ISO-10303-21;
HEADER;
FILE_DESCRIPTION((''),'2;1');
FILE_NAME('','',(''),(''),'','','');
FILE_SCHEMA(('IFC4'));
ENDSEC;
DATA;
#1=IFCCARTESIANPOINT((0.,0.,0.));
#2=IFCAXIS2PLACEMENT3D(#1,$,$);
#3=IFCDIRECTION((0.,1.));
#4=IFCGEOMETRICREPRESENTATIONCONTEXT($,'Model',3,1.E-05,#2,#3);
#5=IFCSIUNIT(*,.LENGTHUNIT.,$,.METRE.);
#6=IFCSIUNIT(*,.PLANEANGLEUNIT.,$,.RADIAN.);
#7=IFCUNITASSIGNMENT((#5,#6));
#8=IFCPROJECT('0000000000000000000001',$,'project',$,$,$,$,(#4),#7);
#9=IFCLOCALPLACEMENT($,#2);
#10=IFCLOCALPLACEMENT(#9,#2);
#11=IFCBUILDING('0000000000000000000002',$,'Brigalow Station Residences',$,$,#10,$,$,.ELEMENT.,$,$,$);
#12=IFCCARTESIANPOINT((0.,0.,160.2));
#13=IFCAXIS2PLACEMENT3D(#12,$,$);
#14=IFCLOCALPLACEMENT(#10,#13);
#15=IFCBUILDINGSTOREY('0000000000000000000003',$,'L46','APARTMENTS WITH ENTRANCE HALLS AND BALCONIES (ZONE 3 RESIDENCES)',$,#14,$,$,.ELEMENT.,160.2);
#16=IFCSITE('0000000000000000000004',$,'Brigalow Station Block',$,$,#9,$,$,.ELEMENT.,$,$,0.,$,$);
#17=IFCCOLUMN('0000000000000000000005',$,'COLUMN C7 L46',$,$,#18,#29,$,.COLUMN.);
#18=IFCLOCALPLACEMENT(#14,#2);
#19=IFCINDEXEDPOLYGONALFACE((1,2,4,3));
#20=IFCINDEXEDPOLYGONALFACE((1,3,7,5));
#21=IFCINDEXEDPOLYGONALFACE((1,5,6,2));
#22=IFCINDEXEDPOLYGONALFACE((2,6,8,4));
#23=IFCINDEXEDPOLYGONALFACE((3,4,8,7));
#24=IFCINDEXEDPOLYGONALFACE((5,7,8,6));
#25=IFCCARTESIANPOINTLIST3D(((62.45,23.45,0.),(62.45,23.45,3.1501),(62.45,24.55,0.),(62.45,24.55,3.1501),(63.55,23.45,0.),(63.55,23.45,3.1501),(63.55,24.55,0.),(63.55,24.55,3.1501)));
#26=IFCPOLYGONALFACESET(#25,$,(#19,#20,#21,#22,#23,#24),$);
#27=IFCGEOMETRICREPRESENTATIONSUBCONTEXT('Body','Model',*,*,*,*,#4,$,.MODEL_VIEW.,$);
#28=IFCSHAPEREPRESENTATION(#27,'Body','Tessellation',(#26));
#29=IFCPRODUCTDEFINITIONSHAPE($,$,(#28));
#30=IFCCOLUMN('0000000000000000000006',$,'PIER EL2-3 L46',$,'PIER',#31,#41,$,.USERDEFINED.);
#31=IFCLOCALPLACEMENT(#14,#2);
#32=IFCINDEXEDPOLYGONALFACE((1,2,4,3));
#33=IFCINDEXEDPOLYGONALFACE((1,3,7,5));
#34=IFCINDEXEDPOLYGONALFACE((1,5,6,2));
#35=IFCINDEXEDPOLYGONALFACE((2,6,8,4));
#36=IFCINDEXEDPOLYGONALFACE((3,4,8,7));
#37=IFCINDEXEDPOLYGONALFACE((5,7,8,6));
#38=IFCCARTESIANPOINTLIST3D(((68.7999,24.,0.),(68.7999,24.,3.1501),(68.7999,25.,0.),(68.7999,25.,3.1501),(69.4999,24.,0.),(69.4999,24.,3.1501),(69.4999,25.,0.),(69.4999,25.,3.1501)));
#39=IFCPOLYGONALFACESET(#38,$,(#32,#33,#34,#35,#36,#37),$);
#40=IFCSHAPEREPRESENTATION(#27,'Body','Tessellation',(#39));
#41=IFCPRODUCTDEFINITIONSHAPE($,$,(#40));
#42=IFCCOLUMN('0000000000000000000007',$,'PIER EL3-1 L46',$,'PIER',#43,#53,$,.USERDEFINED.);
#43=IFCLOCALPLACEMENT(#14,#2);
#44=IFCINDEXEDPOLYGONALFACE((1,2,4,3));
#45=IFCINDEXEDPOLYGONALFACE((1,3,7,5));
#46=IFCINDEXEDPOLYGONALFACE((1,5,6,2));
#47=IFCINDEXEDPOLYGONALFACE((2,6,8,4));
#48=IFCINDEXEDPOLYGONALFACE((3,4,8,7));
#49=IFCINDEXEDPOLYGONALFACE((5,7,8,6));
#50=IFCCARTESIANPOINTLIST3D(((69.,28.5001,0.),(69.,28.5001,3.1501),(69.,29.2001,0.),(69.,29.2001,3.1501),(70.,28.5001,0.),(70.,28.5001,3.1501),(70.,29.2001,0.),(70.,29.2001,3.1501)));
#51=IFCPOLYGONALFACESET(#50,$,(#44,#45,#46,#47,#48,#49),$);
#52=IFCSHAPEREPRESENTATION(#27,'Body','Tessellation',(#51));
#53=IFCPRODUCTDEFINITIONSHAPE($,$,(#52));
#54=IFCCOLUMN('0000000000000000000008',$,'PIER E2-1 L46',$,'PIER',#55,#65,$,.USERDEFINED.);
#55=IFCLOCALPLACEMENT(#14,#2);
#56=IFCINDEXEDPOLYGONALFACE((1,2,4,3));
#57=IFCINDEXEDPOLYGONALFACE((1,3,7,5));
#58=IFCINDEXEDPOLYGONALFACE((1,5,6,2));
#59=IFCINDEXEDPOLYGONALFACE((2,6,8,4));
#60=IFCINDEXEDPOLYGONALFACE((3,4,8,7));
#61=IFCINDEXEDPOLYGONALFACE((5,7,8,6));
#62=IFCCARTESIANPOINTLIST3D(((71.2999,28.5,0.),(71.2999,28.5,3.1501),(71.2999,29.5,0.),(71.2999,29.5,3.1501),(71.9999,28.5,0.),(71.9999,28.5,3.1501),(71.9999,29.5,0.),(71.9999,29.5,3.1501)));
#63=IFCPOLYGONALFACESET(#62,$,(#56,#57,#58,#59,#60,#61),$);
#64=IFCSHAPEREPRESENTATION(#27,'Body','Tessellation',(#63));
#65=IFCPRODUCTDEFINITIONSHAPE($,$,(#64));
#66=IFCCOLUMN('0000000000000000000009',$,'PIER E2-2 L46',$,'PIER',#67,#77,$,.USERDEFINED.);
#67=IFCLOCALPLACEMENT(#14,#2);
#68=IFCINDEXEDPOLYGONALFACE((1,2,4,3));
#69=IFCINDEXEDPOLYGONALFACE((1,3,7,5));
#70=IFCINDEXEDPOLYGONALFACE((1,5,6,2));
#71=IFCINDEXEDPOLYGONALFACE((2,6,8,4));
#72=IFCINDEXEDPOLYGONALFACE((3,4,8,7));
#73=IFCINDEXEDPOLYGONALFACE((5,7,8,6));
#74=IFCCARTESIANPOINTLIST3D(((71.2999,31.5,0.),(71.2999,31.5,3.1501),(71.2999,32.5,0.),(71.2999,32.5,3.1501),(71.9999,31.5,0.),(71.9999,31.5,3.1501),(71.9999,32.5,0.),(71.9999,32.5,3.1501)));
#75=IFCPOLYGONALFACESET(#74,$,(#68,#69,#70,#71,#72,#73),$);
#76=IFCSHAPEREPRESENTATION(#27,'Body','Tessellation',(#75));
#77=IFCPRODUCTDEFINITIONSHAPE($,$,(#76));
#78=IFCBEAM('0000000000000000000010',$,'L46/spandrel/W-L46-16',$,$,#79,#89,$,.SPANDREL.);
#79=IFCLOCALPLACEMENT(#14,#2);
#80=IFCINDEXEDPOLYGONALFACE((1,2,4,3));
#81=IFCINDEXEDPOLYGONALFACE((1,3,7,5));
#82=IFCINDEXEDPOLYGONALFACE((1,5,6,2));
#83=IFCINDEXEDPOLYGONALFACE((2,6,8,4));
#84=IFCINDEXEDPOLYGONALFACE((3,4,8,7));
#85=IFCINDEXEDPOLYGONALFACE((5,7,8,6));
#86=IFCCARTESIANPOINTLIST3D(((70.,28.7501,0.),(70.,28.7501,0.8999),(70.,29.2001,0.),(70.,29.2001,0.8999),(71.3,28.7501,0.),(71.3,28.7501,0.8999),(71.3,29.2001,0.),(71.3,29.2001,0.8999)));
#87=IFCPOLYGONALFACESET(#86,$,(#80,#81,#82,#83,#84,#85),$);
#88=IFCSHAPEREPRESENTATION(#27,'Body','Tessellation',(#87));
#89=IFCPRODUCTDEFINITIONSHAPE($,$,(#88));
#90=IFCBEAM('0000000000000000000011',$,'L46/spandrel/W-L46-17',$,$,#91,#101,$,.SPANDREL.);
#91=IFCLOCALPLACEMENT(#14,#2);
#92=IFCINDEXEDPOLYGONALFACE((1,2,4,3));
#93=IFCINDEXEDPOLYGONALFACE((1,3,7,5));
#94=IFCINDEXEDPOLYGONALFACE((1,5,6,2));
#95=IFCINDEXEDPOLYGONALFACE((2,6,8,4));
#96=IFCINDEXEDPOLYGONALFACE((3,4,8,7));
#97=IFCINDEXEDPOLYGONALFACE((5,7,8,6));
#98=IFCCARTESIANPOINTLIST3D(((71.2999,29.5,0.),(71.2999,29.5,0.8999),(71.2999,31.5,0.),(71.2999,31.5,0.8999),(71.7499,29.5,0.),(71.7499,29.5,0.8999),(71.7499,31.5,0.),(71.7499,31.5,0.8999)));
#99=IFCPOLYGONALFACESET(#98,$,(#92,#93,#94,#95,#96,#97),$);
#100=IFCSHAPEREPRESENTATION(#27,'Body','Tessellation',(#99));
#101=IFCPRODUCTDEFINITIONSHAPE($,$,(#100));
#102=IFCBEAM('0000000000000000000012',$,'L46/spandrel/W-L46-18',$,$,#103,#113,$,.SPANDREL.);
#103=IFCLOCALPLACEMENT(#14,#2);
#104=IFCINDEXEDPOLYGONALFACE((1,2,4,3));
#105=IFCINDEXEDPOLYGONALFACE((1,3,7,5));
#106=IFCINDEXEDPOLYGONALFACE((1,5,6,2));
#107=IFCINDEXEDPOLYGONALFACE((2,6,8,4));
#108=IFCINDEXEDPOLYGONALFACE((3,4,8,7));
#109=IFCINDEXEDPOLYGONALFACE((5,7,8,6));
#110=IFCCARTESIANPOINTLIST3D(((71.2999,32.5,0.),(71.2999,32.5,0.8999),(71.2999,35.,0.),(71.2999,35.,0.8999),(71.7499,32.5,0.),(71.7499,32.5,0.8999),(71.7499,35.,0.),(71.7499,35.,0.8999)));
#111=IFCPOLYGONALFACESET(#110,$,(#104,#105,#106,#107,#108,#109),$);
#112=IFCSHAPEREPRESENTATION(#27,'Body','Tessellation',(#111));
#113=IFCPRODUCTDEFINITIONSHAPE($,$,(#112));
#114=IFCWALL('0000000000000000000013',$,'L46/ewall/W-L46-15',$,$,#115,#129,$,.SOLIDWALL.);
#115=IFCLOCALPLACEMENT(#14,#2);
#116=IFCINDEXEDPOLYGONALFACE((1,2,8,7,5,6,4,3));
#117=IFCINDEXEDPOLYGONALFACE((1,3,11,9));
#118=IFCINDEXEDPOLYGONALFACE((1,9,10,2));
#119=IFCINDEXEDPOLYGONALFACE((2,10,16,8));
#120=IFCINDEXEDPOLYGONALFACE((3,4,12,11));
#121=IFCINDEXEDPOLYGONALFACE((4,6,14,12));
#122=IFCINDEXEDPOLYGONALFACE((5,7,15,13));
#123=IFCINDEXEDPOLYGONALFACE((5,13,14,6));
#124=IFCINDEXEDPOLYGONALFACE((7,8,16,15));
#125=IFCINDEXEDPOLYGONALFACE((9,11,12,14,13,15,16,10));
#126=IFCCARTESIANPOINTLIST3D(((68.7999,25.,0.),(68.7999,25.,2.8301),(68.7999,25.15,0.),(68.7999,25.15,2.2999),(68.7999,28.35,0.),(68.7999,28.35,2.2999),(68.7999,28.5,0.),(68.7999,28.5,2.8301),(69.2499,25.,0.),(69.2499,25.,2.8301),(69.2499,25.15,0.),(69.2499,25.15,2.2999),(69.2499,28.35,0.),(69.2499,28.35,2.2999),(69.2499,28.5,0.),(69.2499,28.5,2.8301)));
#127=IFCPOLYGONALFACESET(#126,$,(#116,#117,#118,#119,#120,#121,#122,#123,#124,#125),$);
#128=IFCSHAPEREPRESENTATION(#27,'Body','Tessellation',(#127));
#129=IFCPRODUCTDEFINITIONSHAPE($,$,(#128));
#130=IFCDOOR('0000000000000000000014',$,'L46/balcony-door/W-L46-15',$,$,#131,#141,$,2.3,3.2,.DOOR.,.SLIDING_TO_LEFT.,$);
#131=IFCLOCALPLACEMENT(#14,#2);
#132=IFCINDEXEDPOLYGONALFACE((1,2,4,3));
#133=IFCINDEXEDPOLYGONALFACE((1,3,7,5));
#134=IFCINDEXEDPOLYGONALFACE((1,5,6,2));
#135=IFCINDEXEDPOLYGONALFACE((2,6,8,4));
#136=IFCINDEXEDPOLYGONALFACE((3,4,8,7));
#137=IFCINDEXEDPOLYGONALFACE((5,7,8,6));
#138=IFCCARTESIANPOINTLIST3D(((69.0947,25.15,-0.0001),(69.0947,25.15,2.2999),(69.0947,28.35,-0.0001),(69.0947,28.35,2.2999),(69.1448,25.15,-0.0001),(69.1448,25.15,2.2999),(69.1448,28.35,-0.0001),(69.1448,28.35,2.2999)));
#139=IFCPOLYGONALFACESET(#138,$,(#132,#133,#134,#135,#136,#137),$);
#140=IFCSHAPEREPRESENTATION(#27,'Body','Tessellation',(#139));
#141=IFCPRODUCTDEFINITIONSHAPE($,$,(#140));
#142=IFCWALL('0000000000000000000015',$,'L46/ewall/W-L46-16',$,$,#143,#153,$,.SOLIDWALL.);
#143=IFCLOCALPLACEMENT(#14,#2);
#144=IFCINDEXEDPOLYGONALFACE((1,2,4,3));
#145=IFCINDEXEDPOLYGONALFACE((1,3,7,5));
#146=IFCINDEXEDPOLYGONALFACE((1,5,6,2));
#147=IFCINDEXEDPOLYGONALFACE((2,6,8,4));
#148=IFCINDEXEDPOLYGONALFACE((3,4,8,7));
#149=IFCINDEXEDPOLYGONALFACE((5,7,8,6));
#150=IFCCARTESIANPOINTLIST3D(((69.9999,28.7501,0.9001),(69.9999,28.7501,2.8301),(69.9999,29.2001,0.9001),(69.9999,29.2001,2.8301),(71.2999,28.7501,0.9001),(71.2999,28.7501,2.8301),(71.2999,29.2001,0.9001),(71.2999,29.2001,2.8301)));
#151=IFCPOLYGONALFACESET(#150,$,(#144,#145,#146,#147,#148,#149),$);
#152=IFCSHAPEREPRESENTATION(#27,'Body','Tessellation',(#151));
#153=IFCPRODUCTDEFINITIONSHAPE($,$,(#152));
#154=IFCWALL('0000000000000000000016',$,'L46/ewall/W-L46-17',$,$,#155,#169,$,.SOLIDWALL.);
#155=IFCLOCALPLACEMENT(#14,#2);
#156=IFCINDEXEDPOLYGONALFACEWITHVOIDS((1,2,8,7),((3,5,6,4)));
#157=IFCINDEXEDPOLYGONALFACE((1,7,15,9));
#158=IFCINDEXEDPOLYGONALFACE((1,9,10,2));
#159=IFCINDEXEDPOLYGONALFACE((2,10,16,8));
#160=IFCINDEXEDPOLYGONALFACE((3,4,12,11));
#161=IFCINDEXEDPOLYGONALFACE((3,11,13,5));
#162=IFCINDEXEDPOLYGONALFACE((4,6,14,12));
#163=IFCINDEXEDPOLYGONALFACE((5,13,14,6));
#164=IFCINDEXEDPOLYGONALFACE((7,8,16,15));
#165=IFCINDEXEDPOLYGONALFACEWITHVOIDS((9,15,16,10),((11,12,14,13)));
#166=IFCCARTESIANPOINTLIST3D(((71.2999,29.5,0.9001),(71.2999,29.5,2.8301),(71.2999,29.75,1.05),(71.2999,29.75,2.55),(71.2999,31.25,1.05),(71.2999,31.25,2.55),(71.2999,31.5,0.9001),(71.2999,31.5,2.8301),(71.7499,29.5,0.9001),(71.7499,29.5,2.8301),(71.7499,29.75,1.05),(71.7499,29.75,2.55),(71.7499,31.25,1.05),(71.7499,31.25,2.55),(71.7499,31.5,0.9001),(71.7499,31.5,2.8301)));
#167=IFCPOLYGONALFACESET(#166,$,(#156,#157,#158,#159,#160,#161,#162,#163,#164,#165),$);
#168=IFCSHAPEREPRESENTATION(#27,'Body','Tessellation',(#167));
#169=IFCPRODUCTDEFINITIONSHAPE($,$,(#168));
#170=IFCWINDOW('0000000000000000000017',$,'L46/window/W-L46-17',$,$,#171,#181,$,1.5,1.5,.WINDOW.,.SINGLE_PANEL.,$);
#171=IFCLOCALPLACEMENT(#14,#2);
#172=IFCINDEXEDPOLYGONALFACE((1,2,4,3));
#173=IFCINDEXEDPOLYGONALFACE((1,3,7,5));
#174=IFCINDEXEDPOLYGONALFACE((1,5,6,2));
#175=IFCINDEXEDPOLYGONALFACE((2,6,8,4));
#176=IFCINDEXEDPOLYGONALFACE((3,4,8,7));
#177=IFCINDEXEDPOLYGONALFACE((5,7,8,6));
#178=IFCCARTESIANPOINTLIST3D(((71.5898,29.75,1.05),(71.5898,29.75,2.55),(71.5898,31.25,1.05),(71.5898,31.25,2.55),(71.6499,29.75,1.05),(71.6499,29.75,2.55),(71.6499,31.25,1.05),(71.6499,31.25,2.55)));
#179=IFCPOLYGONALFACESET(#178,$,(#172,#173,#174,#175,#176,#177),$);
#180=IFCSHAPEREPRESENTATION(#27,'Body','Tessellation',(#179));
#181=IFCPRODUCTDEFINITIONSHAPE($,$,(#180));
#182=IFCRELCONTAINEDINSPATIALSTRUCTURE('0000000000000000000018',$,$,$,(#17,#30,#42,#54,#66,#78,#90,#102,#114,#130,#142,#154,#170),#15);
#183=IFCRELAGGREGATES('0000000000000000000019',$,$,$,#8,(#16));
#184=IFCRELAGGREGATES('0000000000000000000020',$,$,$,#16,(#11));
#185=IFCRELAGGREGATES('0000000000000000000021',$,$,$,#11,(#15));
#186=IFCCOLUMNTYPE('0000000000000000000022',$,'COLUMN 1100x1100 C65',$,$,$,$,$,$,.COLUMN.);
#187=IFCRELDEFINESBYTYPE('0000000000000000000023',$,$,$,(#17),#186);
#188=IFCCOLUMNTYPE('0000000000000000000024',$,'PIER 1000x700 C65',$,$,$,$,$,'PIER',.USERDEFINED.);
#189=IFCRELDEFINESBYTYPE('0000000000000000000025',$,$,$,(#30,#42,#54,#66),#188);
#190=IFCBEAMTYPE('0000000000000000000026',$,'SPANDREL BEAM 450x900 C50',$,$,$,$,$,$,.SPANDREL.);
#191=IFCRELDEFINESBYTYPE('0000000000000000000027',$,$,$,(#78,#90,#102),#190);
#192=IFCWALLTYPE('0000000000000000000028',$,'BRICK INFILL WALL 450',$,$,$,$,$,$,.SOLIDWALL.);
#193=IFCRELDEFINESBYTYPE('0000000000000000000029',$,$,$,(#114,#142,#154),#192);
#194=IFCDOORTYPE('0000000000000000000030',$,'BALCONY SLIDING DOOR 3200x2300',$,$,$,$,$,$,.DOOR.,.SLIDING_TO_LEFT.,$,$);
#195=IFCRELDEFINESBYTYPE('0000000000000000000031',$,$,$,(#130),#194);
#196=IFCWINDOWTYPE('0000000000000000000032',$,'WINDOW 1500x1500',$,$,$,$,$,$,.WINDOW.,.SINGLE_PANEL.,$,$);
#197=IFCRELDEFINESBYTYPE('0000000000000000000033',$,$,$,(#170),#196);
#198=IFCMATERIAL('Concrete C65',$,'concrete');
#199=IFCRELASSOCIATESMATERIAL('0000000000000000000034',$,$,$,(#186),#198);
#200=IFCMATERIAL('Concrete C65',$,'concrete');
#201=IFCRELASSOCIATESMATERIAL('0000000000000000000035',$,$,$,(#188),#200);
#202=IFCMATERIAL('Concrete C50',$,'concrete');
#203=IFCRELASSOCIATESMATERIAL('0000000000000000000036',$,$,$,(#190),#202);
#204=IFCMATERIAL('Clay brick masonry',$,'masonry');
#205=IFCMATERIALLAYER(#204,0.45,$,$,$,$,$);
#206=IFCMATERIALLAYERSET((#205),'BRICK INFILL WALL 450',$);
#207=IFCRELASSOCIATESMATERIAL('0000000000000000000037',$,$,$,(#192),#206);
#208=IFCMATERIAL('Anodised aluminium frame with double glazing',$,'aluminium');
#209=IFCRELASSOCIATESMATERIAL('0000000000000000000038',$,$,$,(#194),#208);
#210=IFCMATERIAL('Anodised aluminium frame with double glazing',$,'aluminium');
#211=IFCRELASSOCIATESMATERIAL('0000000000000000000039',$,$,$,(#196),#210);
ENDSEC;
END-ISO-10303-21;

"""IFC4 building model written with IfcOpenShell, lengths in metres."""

from ifc_helpers import new_model, si_unit, direction, frame, frame_2d, origin, origin_2d, place, context, subcontext, project, spatial, rectangle, extrude, material, layer, layer_set, material_profile, profile_set, type_object, element, fill, save


model = new_model("IFC4")

# Units and contexts
model_context = context("Model", 3, precision=1e-05, world=origin(), true_north=direction((0.0, 1.0)))
body_context = subcontext(model_context, "Body", "Model", "MODEL_VIEW")
ifc_project = project(units=[si_unit("LENGTHUNIT", "METRE"), si_unit("PLANEANGLEUNIT", "RADIAN")], contexts=[model_context])

# Site, building, storey
site_placement = place(None, origin())
site = spatial("IfcSite", under=ifc_project, at=site_placement, Name="Brigalow Station Block", CompositionType="ELEMENT", RefElevation=0.0)
building_placement = place(site_placement, origin())
building = spatial("IfcBuilding", under=site, at=building_placement, Name="Brigalow Station Residences", CompositionType="ELEMENT")
storey_placement = place(building_placement, frame((0.0, 0.0, 160.2)))
storey = spatial("IfcBuildingStorey", under=building, at=storey_placement, Name="L46", Description="APARTMENTS WITH ENTRANCE HALLS AND BALCONIES (ZONE 3 RESIDENCES)", CompositionType="ELEMENT", Elevation=160.2)

# Columns
ifc_material_1 = material(Name="Concrete C65", Category="concrete")
ifc_material_profile_1 = material_profile(ifc_material_1, rectangle(XDim=1.1001, YDim=1.1001, at=origin_2d()), Name="RC1100x1100")
ifc_profile_set_1 = profile_set([ifc_material_profile_1], Name="Concrete C65")
column_type_1 = type_object("IfcColumnType", Name="COLUMN 1100x1100 C65", PredefinedType="COLUMN", material=ifc_profile_set_1)
column_placement = place(storey_placement, frame((63.0, 24.0, 0.0), z_axis=(0.0, 0.0, 1.0), x_axis=(1.0, 0.0, 0.0)))
element("IfcColumn", 1, at=column_placement, inside=storey, type_object=column_type_1, Name="COLUMN C7 L46", PredefinedType="COLUMN", context=body_context, shape_type="SweptSolid", body=[
    extrude(rectangle(XDim=1.1001, YDim=1.1001, at=origin_2d()), origin(), (0.0, 0.0, 1.0), 3.1501),
])
ifc_material_2 = material(Name="Concrete C65", Category="concrete")
ifc_material_profile_2 = material_profile(ifc_material_2, rectangle(XDim=1.0, YDim=0.7, at=origin_2d()), Name="RC1000x700")
ifc_profile_set_2 = profile_set([ifc_material_profile_2], Name="Concrete C65")
column_type_2 = type_object("IfcColumnType", Name="PIER 1000x700 C65", ElementType="PIER", PredefinedType="USERDEFINED", material=ifc_profile_set_2)
for number, where, z_axis, x_axis, name in (
    (2, (69.1499, 24.5, 0.0), (0.0, 0.0, 1.0), (0.0, 1.0, 0.0), "PIER EL2-3 L46"),
    (3, (69.5, 28.8501, 0.0), (0.0, 0.0, 1.0), (1.0, 0.0, 0.0), "PIER EL3-1 L46"),
    (4, (71.6499, 29.0, 0.0), (0.0, 0.0, 1.0), (0.0, 1.0, 0.0), "PIER E2-1 L46"),
    (5, (71.6499, 32.0, 0.0), (0.0, 0.0, 1.0), (0.0, 1.0, 0.0), "PIER E2-2 L46"),
):
    element("IfcColumn", number, at=place(storey_placement, frame(where, z_axis=z_axis, x_axis=x_axis)), inside=storey, type_object=column_type_2, Name=name, ObjectType="PIER", PredefinedType="USERDEFINED", context=body_context, shape_type="SweptSolid", body=[
        extrude(rectangle(XDim=1.0, YDim=0.7, at=origin_2d()), origin(), (0.0, 0.0, 1.0), 3.1501),
    ])

# Beams
ifc_material_3 = material(Name="Concrete C50", Category="concrete")
ifc_material_profile_3 = material_profile(ifc_material_3, rectangle(XDim=0.45, YDim=0.8999, at=origin_2d()), Name="RC450x900")
ifc_profile_set_3 = profile_set([ifc_material_profile_3], Name="Concrete C50")
beam_type = type_object("IfcBeamType", Name="SPANDREL BEAM 450x900 C50", PredefinedType="SPANDREL", material=ifc_profile_set_3)
beam_1_placement = place(storey_placement, frame((70.0, 28.9751, 0.45), z_axis=(1.0, 0.0, 0.0), x_axis=(0.0, 1.0, 0.0)))
element("IfcBeam", 6, at=beam_1_placement, inside=storey, type_object=beam_type, Name="L46/spandrel/W-L46-16", PredefinedType="SPANDREL", context=body_context, shape_type="SweptSolid", body=[
    extrude(rectangle(XDim=0.45, YDim=0.8999, at=origin_2d()), origin(), (0.0, 0.0, 1.0), 1.3),
])
beam_2_placement = place(storey_placement, frame((71.5249, 29.5, 0.45), z_axis=(0.0, 1.0, 0.0), x_axis=(-1.0, 0.0, 0.0)))
element("IfcBeam", 7, at=beam_2_placement, inside=storey, type_object=beam_type, Name="L46/spandrel/W-L46-17", PredefinedType="SPANDREL", context=body_context, shape_type="SweptSolid", body=[
    extrude(rectangle(XDim=0.45, YDim=0.8999, at=origin_2d()), origin(), (0.0, 0.0, 1.0), 2.0),
])
beam_3_placement = place(storey_placement, frame((71.5249, 32.5, 0.45), z_axis=(0.0, 1.0, 0.0), x_axis=(-1.0, 0.0, 0.0)))
element("IfcBeam", 8, at=beam_3_placement, inside=storey, type_object=beam_type, Name="L46/spandrel/W-L46-18", PredefinedType="SPANDREL", context=body_context, shape_type="SweptSolid", body=[
    extrude(rectangle(XDim=0.45, YDim=0.8999, at=origin_2d()), origin(), (0.0, 0.0, 1.0), 2.5),
])

# Wall, opening, door
ifc_material_4 = material(Name="Clay brick masonry", Category="masonry")
ifc_layer_1 = layer(ifc_material_4, 0.45)
ifc_layer_set_1 = layer_set([ifc_layer_1], Name="BRICK INFILL WALL 450")
wall_type_1 = type_object("IfcWallType", Name="BRICK INFILL WALL 450", PredefinedType="SOLIDWALL", material=ifc_layer_set_1)
wall_1_placement = place(storey_placement, frame((69.0249, 25.0, 0.0), z_axis=(0.0, 0.0, 1.0), x_axis=(0.0, 1.0, 0.0)))
wall_1 = element("IfcWall", 9, at=wall_1_placement, inside=storey, type_object=wall_type_1, Name="L46/ewall/W-L46-15", PredefinedType="SOLIDWALL", context=body_context, shape_type="SweptSolid", body=[
    extrude(rectangle(XDim=3.5, YDim=0.45, at=frame_2d((1.75, 0.0))), origin(), (0.0, 0.0, 1.0), 2.8301),
])
opening_1_placement = place(wall_1_placement, frame((0.1499, 0.0, 0.0)))
opening_1 = element("IfcOpeningElement", 10, at=opening_1_placement, cuts=wall_1, PredefinedType="OPENING", context=body_context, shape_type="SweptSolid", body=[
    extrude(rectangle(XDim=3.2, YDim=2.3, at=frame_2d((1.6001, 1.1499))), frame((0.0, 0.2349, 0.0), z_axis=(0.0, -1.0, 0.0), x_axis=(1.0, 0.0, 0.0)), (0.0, 0.0, 1.0), 0.47),
])
ifc_material_5 = material(Name="Anodised aluminium frame with double glazing", Category="aluminium")
door_type_1 = type_object("IfcDoorType", Name="BALCONY SLIDING DOOR 3200x2300", OperationType="SLIDING_TO_LEFT", PredefinedType="DOOR", material=ifc_material_5)
door_1_placement = place(opening_1_placement, origin())
door_1 = element("IfcDoor", 11, at=door_1_placement, inside=storey, type_object=door_type_1, Name="L46/balcony-door/W-L46-15", OperationType="SLIDING_TO_LEFT", OverallHeight=2.3, OverallWidth=3.2, PredefinedType="DOOR", context=body_context, shape_type="SweptSolid", body=[
    extrude(rectangle(XDim=3.2, YDim=2.3, at=frame_2d((1.6001, 1.1499))), frame((0.0, -0.0698, 0.0), z_axis=(0.0, -1.0, 0.0), x_axis=(1.0, 0.0, 0.0)), (0.0, 0.0, 1.0), 0.05),
])
fill(opening_1, door_1)

# Wall
wall_2_placement = place(storey_placement, frame((70.0, 28.9751, 0.9001), z_axis=(0.0, 0.0, 1.0), x_axis=(1.0, 0.0, 0.0)))
element("IfcWall", 12, at=wall_2_placement, inside=storey, type_object=wall_type_1, Name="L46/ewall/W-L46-16", PredefinedType="SOLIDWALL", context=body_context, shape_type="SweptSolid", body=[
    extrude(rectangle(XDim=1.3, YDim=0.45, at=frame_2d((0.6499, 0.0))), origin(), (0.0, 0.0, 1.0), 1.9299),
])

# Wall, opening, window
wall_3_placement = place(storey_placement, frame((71.5249, 29.5, 0.9001), z_axis=(0.0, 0.0, 1.0), x_axis=(0.0, 1.0, 0.0)))
wall_3 = element("IfcWall", 13, at=wall_3_placement, inside=storey, type_object=wall_type_1, Name="L46/ewall/W-L46-17", PredefinedType="SOLIDWALL", context=body_context, shape_type="SweptSolid", body=[
    extrude(rectangle(XDim=2.0, YDim=0.45, at=frame_2d((1.0, 0.0))), origin(), (0.0, 0.0, 1.0), 1.9299),
])
opening_2_placement = place(wall_3_placement, frame((0.25, 0.0, 0.1499)))
opening_2 = element("IfcOpeningElement", 14, at=opening_2_placement, cuts=wall_3, PredefinedType="OPENING", context=body_context, shape_type="SweptSolid", body=[
    extrude(rectangle(XDim=1.5, YDim=1.5, at=frame_2d((0.75, 0.75))), frame((0.0, 0.2349, 0.0), z_axis=(0.0, -1.0, 0.0), x_axis=(1.0, 0.0, 0.0)), (0.0, 0.0, 1.0), 0.47),
])
ifc_material_6 = material(Name="Anodised aluminium frame with double glazing", Category="aluminium")
window_type_1 = type_object("IfcWindowType", Name="WINDOW 1500x1500", PartitioningType="SINGLE_PANEL", PredefinedType="WINDOW", material=ifc_material_6)
window_1_placement = place(opening_2_placement, origin())
window_1 = element("IfcWindow", 15, at=window_1_placement, inside=storey, type_object=window_type_1, Name="L46/window/W-L46-17", OverallHeight=1.5, OverallWidth=1.5, PartitioningType="SINGLE_PANEL", PredefinedType="WINDOW", context=body_context, shape_type="SweptSolid", body=[
    extrude(rectangle(XDim=1.5, YDim=1.5, at=frame_2d((0.75, 0.75))), frame((0.0, -0.0649, 0.0), z_axis=(0.0, -1.0, 0.0), x_axis=(1.0, 0.0, 0.0)), (0.0, 0.0, 1.0), 0.0601),
])
fill(opening_2, window_1)

save(model, "model.ifc")
